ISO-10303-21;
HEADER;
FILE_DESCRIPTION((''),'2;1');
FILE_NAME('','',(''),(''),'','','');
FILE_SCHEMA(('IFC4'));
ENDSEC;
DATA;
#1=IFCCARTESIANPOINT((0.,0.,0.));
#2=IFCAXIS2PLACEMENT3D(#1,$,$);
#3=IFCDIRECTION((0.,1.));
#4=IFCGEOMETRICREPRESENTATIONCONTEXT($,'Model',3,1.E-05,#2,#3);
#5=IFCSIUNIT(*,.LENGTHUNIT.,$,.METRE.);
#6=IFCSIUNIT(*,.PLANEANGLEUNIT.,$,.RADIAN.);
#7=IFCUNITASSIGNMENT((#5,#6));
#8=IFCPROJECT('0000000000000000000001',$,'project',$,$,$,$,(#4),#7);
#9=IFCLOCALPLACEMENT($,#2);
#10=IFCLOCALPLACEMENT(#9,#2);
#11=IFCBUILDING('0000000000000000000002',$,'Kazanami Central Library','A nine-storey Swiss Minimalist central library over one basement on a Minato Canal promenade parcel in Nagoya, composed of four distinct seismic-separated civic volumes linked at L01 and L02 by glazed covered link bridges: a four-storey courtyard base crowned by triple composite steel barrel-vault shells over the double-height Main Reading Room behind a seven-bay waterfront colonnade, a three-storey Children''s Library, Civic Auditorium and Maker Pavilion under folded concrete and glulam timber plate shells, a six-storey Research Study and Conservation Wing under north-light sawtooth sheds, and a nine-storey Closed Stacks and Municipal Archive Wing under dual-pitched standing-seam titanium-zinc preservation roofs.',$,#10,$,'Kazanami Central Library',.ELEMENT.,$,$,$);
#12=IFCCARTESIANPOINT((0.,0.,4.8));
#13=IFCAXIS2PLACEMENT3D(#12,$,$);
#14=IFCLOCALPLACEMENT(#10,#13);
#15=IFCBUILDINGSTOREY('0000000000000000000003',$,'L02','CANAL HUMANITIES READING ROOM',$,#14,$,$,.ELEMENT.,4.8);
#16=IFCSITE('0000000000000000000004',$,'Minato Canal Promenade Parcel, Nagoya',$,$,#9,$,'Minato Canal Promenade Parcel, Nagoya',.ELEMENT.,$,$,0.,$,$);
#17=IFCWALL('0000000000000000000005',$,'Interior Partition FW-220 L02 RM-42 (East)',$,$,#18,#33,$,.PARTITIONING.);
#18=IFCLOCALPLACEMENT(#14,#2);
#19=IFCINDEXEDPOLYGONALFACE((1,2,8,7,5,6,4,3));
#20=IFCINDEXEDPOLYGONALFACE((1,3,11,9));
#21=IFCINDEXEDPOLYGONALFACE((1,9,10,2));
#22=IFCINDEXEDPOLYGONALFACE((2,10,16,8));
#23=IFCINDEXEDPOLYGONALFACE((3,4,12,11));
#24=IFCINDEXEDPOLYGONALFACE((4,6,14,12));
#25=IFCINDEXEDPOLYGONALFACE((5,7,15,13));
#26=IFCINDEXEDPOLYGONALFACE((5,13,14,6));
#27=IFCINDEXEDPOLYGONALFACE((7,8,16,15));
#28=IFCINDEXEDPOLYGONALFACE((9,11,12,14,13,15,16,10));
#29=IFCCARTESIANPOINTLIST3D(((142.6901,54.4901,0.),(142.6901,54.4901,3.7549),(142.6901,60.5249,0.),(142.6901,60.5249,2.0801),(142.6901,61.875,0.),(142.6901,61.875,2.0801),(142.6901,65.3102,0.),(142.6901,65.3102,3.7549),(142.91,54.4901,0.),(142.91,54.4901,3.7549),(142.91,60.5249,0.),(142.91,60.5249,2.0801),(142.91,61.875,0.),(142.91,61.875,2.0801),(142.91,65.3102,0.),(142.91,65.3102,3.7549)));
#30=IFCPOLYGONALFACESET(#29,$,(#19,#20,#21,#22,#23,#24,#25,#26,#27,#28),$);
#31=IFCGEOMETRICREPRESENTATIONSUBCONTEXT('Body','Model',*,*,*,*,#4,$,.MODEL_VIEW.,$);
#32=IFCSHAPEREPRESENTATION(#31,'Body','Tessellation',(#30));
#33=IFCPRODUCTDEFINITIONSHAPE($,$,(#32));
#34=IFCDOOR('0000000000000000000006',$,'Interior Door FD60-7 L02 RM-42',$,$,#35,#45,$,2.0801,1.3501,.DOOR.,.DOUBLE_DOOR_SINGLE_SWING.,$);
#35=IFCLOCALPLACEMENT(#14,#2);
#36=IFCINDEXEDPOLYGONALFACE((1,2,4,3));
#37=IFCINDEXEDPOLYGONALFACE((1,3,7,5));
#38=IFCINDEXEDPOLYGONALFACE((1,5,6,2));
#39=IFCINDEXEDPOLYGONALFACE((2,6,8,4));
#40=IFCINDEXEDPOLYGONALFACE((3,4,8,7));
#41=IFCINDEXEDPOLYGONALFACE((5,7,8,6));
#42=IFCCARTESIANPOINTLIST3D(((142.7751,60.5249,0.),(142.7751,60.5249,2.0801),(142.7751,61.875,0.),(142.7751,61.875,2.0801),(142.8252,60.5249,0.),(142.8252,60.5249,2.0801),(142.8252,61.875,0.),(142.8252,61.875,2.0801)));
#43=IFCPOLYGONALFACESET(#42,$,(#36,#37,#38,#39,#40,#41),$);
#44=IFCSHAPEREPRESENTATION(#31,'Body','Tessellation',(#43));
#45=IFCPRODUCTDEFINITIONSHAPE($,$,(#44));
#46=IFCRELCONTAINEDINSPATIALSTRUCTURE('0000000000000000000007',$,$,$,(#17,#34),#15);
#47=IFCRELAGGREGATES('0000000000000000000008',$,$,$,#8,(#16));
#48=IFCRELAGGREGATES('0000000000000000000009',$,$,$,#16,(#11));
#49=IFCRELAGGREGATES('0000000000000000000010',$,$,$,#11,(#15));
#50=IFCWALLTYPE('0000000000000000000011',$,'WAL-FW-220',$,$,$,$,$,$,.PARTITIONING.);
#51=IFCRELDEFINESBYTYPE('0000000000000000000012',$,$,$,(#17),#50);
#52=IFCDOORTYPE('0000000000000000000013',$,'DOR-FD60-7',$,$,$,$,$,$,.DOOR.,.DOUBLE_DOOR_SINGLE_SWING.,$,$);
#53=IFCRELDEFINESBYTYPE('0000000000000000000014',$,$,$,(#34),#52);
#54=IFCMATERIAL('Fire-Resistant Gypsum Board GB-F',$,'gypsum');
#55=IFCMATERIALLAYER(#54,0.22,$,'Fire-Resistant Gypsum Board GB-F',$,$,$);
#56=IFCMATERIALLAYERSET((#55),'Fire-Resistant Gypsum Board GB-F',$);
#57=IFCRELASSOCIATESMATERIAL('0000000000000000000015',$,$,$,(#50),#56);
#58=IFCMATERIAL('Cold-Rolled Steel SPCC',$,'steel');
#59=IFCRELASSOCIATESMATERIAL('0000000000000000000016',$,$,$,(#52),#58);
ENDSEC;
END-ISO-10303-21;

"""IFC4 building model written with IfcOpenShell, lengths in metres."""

from ifc_helpers import new_model, si_unit, direction, frame, frame_2d, origin, place, context, subcontext, project, spatial, rectangle, extrude, material, layer, layer_set, type_object, element, fill, save


model = new_model("IFC4")

# Units and contexts
model_context = context("Model", 3, precision=1e-05, world=origin(), true_north=direction((0.0, 1.0)))
body_context = subcontext(model_context, "Body", "Model", "MODEL_VIEW")
ifc_project = project(units=[si_unit("LENGTHUNIT", "METRE"), si_unit("PLANEANGLEUNIT", "RADIAN")], contexts=[model_context])

# Site, building, storey
site_placement = place(None, origin())
site = spatial("IfcSite", under=ifc_project, at=site_placement, Name="Minato Canal Promenade Parcel, Nagoya", LongName="Minato Canal Promenade Parcel, Nagoya", CompositionType="ELEMENT", RefElevation=0.0)
building_placement = place(site_placement, origin())
building = spatial("IfcBuilding", under=site, at=building_placement, Name="Kazanami Central Library", Description="A nine-storey Swiss Minimalist central library over one basement on a Minato Canal promenade parcel in Nagoya, composed of four distinct seismic-separated civic volumes linked at L01 and L02 by glazed covered link bridges: a four-storey courtyard base crowned by triple composite steel barrel-vault shells over the double-height Main Reading Room behind a seven-bay waterfront colonnade, a three-storey Children's Library, Civic Auditorium and Maker Pavilion under folded concrete and glulam timber plate shells, a six-storey Research Study and Conservation Wing under north-light sawtooth sheds, and a nine-storey Closed Stacks and Municipal Archive Wing under dual-pitched standing-seam titanium-zinc preservation roofs.", LongName="Kazanami Central Library", CompositionType="ELEMENT")
storey_placement = place(building_placement, frame((0.0, 0.0, 4.8)))
storey = spatial("IfcBuildingStorey", under=building, at=storey_placement, Name="L02", Description="CANAL HUMANITIES READING ROOM", CompositionType="ELEMENT", Elevation=4.8)

# Wall, opening, door
ifc_material_1 = material(Name="Fire-Resistant Gypsum Board GB-F", Category="gypsum")
ifc_layer_1 = layer(ifc_material_1, 0.22, Name="Fire-Resistant Gypsum Board GB-F")
ifc_layer_set_1 = layer_set([ifc_layer_1], Name="Fire-Resistant Gypsum Board GB-F")
wall_type_1 = type_object("IfcWallType", Name="WAL-FW-220", PredefinedType="PARTITIONING", material=ifc_layer_set_1)
wall_1_placement = place(storey_placement, frame((142.8, 54.49, 0.0), z_axis=(0.0, 0.0, 1.0), x_axis=(0.0, 1.0, 0.0)))
wall_1 = element("IfcWall", 1, at=wall_1_placement, inside=storey, type_object=wall_type_1, Name="Interior Partition FW-220 L02 RM-42 (East)", PredefinedType="PARTITIONING", context=body_context, shape_type="SweptSolid", body=[
    extrude(rectangle(XDim=10.8201, YDim=0.22, at=frame_2d((5.4102, 0.0))), origin(), (0.0, 0.0, 1.0), 3.7549),
])
opening_1_placement = place(wall_1_placement, frame((6.0349, 0.0, 0.0)))
opening_1 = element("IfcOpeningElement", 2, at=opening_1_placement, cuts=wall_1, PredefinedType="OPENING", context=body_context, shape_type="SweptSolid", body=[
    extrude(rectangle(XDim=1.3501, YDim=2.0801, at=frame_2d((0.675, 1.04))), frame((0.0, 0.1221, 0.0), z_axis=(0.0, -1.0, 0.0), x_axis=(1.0, 0.0, 0.0)), (0.0, 0.0, 1.0), 0.2439),
])
ifc_material_2 = material(Name="Cold-Rolled Steel SPCC", Category="steel")
door_type = type_object("IfcDoorType", Name="DOR-FD60-7", OperationType="DOUBLE_DOOR_SINGLE_SWING", PredefinedType="DOOR", material=ifc_material_2)
door_placement = place(opening_1_placement, origin())
door = element("IfcDoor", 3, at=door_placement, inside=storey, type_object=door_type, Name="Interior Door FD60-7 L02 RM-42", OperationType="DOUBLE_DOOR_SINGLE_SWING", OverallHeight=2.0801, OverallWidth=1.3501, PredefinedType="DOOR", context=body_context, shape_type="SweptSolid", body=[
    extrude(rectangle(XDim=1.3501, YDim=2.0801, at=frame_2d((0.675, 1.04))), frame((0.0, 0.0249, 0.0), z_axis=(0.0, -1.0, 0.0), x_axis=(1.0, 0.0, 0.0)), (0.0, 0.0, 1.0), 0.05),
])
fill(opening_1, door)

save(model, "model.ifc")
